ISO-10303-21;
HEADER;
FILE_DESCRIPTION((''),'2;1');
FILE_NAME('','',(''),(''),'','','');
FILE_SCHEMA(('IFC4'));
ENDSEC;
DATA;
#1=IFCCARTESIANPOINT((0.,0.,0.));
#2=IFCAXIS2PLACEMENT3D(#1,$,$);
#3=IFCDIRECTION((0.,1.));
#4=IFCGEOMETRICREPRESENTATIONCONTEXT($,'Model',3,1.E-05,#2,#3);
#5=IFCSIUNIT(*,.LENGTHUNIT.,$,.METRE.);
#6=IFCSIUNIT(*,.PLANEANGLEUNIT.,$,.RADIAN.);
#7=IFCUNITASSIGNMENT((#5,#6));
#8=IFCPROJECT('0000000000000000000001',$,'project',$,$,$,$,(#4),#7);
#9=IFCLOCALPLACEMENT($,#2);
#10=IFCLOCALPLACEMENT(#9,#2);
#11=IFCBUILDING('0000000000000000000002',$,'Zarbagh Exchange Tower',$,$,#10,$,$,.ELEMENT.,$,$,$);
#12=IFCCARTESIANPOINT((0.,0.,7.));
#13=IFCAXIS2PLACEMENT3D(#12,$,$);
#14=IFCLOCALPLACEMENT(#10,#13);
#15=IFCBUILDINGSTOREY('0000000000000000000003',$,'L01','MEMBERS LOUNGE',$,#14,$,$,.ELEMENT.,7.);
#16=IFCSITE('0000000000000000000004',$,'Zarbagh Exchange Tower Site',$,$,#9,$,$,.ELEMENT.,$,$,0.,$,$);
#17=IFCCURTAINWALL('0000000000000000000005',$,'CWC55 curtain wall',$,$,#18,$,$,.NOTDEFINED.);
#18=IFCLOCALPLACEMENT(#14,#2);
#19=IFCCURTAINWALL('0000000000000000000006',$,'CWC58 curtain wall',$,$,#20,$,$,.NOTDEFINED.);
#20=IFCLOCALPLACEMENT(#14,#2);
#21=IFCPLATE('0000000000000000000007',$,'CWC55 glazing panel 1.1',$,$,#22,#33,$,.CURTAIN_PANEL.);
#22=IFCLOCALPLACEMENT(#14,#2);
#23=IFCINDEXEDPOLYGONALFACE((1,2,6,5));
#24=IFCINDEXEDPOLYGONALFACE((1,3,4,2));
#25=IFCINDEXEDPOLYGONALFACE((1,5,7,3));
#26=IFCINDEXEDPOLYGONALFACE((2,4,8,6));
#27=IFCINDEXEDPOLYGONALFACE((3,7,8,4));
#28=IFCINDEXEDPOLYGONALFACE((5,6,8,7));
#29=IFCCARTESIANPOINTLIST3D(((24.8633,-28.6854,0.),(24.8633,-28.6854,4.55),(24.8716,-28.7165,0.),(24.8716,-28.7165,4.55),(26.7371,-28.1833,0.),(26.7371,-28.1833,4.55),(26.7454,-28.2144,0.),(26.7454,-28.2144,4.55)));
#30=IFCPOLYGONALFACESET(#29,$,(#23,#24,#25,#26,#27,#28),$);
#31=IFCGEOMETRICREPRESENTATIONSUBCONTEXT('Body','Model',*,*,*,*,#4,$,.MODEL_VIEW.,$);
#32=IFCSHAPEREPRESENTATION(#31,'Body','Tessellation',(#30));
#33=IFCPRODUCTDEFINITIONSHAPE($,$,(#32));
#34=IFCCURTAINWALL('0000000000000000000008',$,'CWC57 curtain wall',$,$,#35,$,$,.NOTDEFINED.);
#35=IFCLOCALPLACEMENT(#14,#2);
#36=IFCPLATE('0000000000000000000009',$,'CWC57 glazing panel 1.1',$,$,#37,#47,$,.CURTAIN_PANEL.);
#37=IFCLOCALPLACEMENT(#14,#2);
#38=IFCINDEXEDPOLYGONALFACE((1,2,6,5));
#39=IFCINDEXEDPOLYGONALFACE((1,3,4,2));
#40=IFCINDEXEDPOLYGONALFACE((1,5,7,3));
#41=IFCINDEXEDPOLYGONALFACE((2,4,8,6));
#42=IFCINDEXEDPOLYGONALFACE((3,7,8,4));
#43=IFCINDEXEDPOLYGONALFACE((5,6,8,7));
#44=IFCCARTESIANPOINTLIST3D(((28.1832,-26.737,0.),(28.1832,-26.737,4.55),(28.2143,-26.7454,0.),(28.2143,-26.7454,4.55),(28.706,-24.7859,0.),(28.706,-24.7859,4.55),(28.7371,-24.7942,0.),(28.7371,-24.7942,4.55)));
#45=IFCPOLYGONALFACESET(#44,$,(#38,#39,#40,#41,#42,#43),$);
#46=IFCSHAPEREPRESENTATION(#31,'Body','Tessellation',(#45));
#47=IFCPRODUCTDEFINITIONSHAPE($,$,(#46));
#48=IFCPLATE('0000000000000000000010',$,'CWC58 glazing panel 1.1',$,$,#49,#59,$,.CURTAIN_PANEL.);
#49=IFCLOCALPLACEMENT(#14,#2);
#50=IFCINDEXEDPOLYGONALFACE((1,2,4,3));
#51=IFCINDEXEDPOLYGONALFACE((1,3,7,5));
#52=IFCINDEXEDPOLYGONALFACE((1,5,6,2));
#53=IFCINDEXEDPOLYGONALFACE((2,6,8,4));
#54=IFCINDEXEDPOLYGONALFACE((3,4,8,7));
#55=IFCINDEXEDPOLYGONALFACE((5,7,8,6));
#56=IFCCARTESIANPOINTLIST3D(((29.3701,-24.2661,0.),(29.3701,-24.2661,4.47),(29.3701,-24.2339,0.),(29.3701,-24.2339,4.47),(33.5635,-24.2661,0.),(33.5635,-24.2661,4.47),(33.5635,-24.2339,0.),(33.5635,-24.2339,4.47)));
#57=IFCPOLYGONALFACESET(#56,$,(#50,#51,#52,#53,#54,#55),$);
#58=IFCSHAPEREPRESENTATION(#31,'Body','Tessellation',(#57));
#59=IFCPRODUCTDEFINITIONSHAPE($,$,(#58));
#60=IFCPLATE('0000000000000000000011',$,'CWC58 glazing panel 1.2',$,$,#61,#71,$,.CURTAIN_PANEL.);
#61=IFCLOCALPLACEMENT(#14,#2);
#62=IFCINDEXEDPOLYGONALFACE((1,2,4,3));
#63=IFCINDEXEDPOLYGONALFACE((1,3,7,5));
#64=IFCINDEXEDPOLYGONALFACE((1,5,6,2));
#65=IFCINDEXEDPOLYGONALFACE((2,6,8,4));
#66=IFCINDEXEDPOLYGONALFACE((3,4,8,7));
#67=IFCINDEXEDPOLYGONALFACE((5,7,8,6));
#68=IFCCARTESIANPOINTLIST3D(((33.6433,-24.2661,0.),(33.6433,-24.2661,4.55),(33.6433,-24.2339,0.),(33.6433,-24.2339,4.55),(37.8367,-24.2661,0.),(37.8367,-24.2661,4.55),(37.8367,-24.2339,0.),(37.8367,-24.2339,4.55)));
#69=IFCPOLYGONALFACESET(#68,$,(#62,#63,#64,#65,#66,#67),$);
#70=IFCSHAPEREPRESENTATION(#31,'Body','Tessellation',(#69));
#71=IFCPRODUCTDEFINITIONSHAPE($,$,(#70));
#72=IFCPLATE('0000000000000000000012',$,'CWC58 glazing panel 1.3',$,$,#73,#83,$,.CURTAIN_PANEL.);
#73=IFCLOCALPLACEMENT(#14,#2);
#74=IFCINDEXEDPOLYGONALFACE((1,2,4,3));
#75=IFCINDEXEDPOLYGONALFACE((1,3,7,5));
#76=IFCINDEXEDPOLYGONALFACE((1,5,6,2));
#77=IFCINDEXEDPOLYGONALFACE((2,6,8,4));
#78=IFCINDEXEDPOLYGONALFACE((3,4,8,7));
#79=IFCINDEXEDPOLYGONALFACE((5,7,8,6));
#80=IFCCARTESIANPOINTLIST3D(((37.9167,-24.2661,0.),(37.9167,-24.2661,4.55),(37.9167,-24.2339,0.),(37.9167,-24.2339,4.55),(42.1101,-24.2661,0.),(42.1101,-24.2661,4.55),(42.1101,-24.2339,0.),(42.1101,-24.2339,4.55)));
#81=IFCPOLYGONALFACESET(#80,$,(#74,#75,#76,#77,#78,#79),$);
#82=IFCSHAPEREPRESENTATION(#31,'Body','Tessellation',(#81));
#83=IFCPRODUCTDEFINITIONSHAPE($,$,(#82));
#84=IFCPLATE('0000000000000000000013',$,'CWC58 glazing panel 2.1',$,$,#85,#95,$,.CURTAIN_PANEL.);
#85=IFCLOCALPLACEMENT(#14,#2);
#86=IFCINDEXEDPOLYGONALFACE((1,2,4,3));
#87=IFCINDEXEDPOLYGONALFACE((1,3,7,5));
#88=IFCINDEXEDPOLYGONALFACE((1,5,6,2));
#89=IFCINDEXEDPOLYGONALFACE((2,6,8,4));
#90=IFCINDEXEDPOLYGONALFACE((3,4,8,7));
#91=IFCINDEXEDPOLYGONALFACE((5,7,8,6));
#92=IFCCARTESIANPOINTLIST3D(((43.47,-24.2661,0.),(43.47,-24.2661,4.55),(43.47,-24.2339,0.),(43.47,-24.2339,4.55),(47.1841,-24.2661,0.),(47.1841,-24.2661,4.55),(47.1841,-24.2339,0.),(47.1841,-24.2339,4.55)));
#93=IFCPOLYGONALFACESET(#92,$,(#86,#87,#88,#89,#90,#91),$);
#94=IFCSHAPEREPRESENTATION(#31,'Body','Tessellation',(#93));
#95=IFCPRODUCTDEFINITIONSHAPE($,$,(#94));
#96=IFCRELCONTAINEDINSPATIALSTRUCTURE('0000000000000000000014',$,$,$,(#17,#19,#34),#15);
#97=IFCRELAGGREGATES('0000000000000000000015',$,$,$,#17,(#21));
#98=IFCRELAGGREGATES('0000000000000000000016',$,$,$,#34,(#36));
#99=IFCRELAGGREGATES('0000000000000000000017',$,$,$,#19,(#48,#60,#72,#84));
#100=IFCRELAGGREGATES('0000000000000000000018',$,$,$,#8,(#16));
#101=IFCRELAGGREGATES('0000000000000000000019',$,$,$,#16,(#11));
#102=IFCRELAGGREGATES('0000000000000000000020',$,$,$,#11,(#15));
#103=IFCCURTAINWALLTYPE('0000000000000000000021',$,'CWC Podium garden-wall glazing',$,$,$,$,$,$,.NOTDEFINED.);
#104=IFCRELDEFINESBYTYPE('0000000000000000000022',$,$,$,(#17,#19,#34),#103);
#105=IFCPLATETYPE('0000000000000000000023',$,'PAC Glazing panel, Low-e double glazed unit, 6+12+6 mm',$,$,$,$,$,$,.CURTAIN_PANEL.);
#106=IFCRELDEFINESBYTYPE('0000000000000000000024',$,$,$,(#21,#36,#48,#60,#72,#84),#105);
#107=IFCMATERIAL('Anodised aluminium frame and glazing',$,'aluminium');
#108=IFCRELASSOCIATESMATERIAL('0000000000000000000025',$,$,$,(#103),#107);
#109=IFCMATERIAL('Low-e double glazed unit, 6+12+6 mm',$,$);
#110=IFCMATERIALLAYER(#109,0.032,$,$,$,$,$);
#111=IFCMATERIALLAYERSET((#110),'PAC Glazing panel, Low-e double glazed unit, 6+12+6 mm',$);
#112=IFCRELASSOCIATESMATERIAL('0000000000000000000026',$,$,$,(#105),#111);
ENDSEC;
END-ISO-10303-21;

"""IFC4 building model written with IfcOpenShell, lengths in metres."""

from ifc_helpers import new_model, si_unit, direction, frame, origin, place, context, subcontext, project, spatial, polyline, outline, extrude, source, transform, mapped, material, layer, layer_set, type_object, element, aggregate, save


model = new_model("IFC4")

# Units and contexts
model_context = context("Model", 3, precision=1e-05, world=origin(), true_north=direction((0.0, 1.0)))
body_context = subcontext(model_context, "Body", "Model", "MODEL_VIEW")
ifc_project = project(units=[si_unit("LENGTHUNIT", "METRE"), si_unit("PLANEANGLEUNIT", "RADIAN")], contexts=[model_context])

# Site, building, storey
site_placement = place(None, origin())
site = spatial("IfcSite", under=ifc_project, at=site_placement, Name="Zarbagh Exchange Tower Site", CompositionType="ELEMENT", RefElevation=0.0)
building_placement = place(site_placement, origin())
building = spatial("IfcBuilding", under=site, at=building_placement, Name="Zarbagh Exchange Tower", CompositionType="ELEMENT")
storey_placement = place(building_placement, frame((0.0, 0.0, 7.0)))
storey = spatial("IfcBuildingStorey", under=building, at=storey_placement, Name="L01", Description="MEMBERS LOUNGE", CompositionType="ELEMENT", Elevation=7.0)

# Shared definitions
ifc_material_1 = material(Name="Anodised aluminium frame and glazing", Category="aluminium")
curtain_wall_type = type_object("IfcCurtainWallType", Name="CWC Podium garden-wall glazing", PredefinedType="NOTDEFINED", material=ifc_material_1)
placement = place(storey_placement, origin())

# Curtain wall
curtain_wall_1_placement = place(storey_placement, origin())
curtain_wall_1 = element("IfcCurtainWall", 1, at=curtain_wall_1_placement, inside=storey, type_object=curtain_wall_type, Name="CWC55 curtain wall", PredefinedType="NOTDEFINED")

# Curtain wall
curtain_wall_2_placement = place(storey_placement, origin())
curtain_wall_2 = element("IfcCurtainWall", 2, at=curtain_wall_2_placement, inside=storey, type_object=curtain_wall_type, Name="CWC58 curtain wall", PredefinedType="NOTDEFINED")

# Shared definitions
ifc_material_2 = material(Name="Low-e double glazed unit, 6+12+6 mm")
ifc_layer = layer(ifc_material_2, 0.032)
ifc_layer_set = layer_set([ifc_layer], Name="PAC Glazing panel, Low-e double glazed unit, 6+12+6 mm")
plate_type = type_object("IfcPlateType", Name="PAC Glazing panel, Low-e double glazed unit, 6+12+6 mm", PredefinedType="CURTAIN_PANEL", material=ifc_layer_set)

# Plate
shared_shape_1 = source(origin(), body_context, "Body", "SweptSolid", [
    extrude(outline(polyline([(0.0, -0.0161), (1.9399, -0.0161), (1.9399, 0.0161), (0.0, 0.0161), (0.0, -0.0161)])), origin(), (0.0, 0.0, 1.0), 4.55),
])
plate_1 = element("IfcPlate", 3, at=placement, type_object=plate_type, Name="CWC55 glazing panel 1.1", PredefinedType="CURTAIN_PANEL", context=body_context, shape_type="MappedRepresentation", body=[
    mapped(shared_shape_1, transform((24.8674, -28.7009, 0.0), x_axis=(0.965924, 0.258825, 0.0), y_axis=(-0.258825, 0.965924, 0.0), z_axis=(0.0, 0.0, 1.0))),
])
aggregate(curtain_wall_1, [plate_1])

# Curtain wall, plate
curtain_wall_3_placement = place(storey_placement, origin())
curtain_wall_3 = element("IfcCurtainWall", 4, at=curtain_wall_3_placement, inside=storey, type_object=curtain_wall_type, Name="CWC57 curtain wall", PredefinedType="NOTDEFINED")
shared_shape_2 = source(origin(), body_context, "Body", "SweptSolid", [
    extrude(outline(polyline([(0.0, -0.0161), (2.02, -0.0161), (2.02, 0.0161), (0.0, 0.0161), (0.0, -0.0161)])), origin(), (0.0, 0.0, 1.0), 4.55),
])
plate_2 = element("IfcPlate", 5, at=placement, type_object=plate_type, Name="CWC57 glazing panel 1.1", PredefinedType="CURTAIN_PANEL", context=body_context, shape_type="MappedRepresentation", body=[
    mapped(shared_shape_2, transform((28.1987, -26.7412, 0.0), x_axis=(0.258825, 0.965924, 0.0), y_axis=(-0.965924, 0.258825, 0.0), z_axis=(0.0, 0.0, 1.0))),
])
aggregate(curtain_wall_3, [plate_2])

# Plates
shared_shape_3 = source(origin(), body_context, "Body", "SweptSolid", [
    extrude(outline(polyline([(0.0, -0.0161), (4.1934, -0.0161), (4.1934, 0.0161), (0.0, 0.0161), (0.0, -0.0161)])), origin(), (0.0, 0.0, 1.0), 4.47),
])
plate_3 = element("IfcPlate", 6, at=placement, type_object=plate_type, Name="CWC58 glazing panel 1.1", PredefinedType="CURTAIN_PANEL", context=body_context, shape_type="MappedRepresentation", body=[
    mapped(shared_shape_3, transform((29.3701, -24.25, 0.0), x_axis=(1.0, 0.0, 0.0), y_axis=(0.0, 1.0, 0.0), z_axis=(0.0, 0.0, 1.0))),
])
shared_shape_4 = source(origin(), body_context, "Body", "SweptSolid", [
    extrude(outline(polyline([(0.0, -0.0161), (4.1934, -0.0161), (4.1934, 0.0161), (0.0, 0.0161), (0.0, -0.0161)])), origin(), (0.0, 0.0, 1.0), 4.55),
])
plate_4 = element("IfcPlate", 7, at=placement, type_object=plate_type, Name="CWC58 glazing panel 1.2", PredefinedType="CURTAIN_PANEL", context=body_context, shape_type="MappedRepresentation", body=[
    mapped(shared_shape_4, transform((33.6433, -24.25, 0.0), x_axis=(1.0, 0.0, 0.0), y_axis=(0.0, 1.0, 0.0), z_axis=(0.0, 0.0, 1.0))),
])
plate_5 = element("IfcPlate", 8, at=placement, type_object=plate_type, Name="CWC58 glazing panel 1.3", PredefinedType="CURTAIN_PANEL", context=body_context, shape_type="MappedRepresentation", body=[
    mapped(shared_shape_4, transform((37.9167, -24.25, 0.0), x_axis=(1.0, 0.0, 0.0), y_axis=(0.0, 1.0, 0.0), z_axis=(0.0, 0.0, 1.0))),
])
shared_shape_5 = source(origin(), body_context, "Body", "SweptSolid", [
    extrude(outline(polyline([(0.0, -0.0161), (3.7141, -0.0161), (3.7141, 0.0161), (0.0, 0.0161), (0.0, -0.0161)])), origin(), (0.0, 0.0, 1.0), 4.55),
])
plate_6 = element("IfcPlate", 9, at=placement, type_object=plate_type, Name="CWC58 glazing panel 2.1", PredefinedType="CURTAIN_PANEL", context=body_context, shape_type="MappedRepresentation", body=[
    mapped(shared_shape_5, transform((43.47, -24.25, 0.0), x_axis=(1.0, 0.0, 0.0), y_axis=(0.0, 1.0, 0.0), z_axis=(0.0, 0.0, 1.0))),
])
aggregate(curtain_wall_2, [plate_3, plate_4, plate_5, plate_6])

save(model, "model.ifc")
